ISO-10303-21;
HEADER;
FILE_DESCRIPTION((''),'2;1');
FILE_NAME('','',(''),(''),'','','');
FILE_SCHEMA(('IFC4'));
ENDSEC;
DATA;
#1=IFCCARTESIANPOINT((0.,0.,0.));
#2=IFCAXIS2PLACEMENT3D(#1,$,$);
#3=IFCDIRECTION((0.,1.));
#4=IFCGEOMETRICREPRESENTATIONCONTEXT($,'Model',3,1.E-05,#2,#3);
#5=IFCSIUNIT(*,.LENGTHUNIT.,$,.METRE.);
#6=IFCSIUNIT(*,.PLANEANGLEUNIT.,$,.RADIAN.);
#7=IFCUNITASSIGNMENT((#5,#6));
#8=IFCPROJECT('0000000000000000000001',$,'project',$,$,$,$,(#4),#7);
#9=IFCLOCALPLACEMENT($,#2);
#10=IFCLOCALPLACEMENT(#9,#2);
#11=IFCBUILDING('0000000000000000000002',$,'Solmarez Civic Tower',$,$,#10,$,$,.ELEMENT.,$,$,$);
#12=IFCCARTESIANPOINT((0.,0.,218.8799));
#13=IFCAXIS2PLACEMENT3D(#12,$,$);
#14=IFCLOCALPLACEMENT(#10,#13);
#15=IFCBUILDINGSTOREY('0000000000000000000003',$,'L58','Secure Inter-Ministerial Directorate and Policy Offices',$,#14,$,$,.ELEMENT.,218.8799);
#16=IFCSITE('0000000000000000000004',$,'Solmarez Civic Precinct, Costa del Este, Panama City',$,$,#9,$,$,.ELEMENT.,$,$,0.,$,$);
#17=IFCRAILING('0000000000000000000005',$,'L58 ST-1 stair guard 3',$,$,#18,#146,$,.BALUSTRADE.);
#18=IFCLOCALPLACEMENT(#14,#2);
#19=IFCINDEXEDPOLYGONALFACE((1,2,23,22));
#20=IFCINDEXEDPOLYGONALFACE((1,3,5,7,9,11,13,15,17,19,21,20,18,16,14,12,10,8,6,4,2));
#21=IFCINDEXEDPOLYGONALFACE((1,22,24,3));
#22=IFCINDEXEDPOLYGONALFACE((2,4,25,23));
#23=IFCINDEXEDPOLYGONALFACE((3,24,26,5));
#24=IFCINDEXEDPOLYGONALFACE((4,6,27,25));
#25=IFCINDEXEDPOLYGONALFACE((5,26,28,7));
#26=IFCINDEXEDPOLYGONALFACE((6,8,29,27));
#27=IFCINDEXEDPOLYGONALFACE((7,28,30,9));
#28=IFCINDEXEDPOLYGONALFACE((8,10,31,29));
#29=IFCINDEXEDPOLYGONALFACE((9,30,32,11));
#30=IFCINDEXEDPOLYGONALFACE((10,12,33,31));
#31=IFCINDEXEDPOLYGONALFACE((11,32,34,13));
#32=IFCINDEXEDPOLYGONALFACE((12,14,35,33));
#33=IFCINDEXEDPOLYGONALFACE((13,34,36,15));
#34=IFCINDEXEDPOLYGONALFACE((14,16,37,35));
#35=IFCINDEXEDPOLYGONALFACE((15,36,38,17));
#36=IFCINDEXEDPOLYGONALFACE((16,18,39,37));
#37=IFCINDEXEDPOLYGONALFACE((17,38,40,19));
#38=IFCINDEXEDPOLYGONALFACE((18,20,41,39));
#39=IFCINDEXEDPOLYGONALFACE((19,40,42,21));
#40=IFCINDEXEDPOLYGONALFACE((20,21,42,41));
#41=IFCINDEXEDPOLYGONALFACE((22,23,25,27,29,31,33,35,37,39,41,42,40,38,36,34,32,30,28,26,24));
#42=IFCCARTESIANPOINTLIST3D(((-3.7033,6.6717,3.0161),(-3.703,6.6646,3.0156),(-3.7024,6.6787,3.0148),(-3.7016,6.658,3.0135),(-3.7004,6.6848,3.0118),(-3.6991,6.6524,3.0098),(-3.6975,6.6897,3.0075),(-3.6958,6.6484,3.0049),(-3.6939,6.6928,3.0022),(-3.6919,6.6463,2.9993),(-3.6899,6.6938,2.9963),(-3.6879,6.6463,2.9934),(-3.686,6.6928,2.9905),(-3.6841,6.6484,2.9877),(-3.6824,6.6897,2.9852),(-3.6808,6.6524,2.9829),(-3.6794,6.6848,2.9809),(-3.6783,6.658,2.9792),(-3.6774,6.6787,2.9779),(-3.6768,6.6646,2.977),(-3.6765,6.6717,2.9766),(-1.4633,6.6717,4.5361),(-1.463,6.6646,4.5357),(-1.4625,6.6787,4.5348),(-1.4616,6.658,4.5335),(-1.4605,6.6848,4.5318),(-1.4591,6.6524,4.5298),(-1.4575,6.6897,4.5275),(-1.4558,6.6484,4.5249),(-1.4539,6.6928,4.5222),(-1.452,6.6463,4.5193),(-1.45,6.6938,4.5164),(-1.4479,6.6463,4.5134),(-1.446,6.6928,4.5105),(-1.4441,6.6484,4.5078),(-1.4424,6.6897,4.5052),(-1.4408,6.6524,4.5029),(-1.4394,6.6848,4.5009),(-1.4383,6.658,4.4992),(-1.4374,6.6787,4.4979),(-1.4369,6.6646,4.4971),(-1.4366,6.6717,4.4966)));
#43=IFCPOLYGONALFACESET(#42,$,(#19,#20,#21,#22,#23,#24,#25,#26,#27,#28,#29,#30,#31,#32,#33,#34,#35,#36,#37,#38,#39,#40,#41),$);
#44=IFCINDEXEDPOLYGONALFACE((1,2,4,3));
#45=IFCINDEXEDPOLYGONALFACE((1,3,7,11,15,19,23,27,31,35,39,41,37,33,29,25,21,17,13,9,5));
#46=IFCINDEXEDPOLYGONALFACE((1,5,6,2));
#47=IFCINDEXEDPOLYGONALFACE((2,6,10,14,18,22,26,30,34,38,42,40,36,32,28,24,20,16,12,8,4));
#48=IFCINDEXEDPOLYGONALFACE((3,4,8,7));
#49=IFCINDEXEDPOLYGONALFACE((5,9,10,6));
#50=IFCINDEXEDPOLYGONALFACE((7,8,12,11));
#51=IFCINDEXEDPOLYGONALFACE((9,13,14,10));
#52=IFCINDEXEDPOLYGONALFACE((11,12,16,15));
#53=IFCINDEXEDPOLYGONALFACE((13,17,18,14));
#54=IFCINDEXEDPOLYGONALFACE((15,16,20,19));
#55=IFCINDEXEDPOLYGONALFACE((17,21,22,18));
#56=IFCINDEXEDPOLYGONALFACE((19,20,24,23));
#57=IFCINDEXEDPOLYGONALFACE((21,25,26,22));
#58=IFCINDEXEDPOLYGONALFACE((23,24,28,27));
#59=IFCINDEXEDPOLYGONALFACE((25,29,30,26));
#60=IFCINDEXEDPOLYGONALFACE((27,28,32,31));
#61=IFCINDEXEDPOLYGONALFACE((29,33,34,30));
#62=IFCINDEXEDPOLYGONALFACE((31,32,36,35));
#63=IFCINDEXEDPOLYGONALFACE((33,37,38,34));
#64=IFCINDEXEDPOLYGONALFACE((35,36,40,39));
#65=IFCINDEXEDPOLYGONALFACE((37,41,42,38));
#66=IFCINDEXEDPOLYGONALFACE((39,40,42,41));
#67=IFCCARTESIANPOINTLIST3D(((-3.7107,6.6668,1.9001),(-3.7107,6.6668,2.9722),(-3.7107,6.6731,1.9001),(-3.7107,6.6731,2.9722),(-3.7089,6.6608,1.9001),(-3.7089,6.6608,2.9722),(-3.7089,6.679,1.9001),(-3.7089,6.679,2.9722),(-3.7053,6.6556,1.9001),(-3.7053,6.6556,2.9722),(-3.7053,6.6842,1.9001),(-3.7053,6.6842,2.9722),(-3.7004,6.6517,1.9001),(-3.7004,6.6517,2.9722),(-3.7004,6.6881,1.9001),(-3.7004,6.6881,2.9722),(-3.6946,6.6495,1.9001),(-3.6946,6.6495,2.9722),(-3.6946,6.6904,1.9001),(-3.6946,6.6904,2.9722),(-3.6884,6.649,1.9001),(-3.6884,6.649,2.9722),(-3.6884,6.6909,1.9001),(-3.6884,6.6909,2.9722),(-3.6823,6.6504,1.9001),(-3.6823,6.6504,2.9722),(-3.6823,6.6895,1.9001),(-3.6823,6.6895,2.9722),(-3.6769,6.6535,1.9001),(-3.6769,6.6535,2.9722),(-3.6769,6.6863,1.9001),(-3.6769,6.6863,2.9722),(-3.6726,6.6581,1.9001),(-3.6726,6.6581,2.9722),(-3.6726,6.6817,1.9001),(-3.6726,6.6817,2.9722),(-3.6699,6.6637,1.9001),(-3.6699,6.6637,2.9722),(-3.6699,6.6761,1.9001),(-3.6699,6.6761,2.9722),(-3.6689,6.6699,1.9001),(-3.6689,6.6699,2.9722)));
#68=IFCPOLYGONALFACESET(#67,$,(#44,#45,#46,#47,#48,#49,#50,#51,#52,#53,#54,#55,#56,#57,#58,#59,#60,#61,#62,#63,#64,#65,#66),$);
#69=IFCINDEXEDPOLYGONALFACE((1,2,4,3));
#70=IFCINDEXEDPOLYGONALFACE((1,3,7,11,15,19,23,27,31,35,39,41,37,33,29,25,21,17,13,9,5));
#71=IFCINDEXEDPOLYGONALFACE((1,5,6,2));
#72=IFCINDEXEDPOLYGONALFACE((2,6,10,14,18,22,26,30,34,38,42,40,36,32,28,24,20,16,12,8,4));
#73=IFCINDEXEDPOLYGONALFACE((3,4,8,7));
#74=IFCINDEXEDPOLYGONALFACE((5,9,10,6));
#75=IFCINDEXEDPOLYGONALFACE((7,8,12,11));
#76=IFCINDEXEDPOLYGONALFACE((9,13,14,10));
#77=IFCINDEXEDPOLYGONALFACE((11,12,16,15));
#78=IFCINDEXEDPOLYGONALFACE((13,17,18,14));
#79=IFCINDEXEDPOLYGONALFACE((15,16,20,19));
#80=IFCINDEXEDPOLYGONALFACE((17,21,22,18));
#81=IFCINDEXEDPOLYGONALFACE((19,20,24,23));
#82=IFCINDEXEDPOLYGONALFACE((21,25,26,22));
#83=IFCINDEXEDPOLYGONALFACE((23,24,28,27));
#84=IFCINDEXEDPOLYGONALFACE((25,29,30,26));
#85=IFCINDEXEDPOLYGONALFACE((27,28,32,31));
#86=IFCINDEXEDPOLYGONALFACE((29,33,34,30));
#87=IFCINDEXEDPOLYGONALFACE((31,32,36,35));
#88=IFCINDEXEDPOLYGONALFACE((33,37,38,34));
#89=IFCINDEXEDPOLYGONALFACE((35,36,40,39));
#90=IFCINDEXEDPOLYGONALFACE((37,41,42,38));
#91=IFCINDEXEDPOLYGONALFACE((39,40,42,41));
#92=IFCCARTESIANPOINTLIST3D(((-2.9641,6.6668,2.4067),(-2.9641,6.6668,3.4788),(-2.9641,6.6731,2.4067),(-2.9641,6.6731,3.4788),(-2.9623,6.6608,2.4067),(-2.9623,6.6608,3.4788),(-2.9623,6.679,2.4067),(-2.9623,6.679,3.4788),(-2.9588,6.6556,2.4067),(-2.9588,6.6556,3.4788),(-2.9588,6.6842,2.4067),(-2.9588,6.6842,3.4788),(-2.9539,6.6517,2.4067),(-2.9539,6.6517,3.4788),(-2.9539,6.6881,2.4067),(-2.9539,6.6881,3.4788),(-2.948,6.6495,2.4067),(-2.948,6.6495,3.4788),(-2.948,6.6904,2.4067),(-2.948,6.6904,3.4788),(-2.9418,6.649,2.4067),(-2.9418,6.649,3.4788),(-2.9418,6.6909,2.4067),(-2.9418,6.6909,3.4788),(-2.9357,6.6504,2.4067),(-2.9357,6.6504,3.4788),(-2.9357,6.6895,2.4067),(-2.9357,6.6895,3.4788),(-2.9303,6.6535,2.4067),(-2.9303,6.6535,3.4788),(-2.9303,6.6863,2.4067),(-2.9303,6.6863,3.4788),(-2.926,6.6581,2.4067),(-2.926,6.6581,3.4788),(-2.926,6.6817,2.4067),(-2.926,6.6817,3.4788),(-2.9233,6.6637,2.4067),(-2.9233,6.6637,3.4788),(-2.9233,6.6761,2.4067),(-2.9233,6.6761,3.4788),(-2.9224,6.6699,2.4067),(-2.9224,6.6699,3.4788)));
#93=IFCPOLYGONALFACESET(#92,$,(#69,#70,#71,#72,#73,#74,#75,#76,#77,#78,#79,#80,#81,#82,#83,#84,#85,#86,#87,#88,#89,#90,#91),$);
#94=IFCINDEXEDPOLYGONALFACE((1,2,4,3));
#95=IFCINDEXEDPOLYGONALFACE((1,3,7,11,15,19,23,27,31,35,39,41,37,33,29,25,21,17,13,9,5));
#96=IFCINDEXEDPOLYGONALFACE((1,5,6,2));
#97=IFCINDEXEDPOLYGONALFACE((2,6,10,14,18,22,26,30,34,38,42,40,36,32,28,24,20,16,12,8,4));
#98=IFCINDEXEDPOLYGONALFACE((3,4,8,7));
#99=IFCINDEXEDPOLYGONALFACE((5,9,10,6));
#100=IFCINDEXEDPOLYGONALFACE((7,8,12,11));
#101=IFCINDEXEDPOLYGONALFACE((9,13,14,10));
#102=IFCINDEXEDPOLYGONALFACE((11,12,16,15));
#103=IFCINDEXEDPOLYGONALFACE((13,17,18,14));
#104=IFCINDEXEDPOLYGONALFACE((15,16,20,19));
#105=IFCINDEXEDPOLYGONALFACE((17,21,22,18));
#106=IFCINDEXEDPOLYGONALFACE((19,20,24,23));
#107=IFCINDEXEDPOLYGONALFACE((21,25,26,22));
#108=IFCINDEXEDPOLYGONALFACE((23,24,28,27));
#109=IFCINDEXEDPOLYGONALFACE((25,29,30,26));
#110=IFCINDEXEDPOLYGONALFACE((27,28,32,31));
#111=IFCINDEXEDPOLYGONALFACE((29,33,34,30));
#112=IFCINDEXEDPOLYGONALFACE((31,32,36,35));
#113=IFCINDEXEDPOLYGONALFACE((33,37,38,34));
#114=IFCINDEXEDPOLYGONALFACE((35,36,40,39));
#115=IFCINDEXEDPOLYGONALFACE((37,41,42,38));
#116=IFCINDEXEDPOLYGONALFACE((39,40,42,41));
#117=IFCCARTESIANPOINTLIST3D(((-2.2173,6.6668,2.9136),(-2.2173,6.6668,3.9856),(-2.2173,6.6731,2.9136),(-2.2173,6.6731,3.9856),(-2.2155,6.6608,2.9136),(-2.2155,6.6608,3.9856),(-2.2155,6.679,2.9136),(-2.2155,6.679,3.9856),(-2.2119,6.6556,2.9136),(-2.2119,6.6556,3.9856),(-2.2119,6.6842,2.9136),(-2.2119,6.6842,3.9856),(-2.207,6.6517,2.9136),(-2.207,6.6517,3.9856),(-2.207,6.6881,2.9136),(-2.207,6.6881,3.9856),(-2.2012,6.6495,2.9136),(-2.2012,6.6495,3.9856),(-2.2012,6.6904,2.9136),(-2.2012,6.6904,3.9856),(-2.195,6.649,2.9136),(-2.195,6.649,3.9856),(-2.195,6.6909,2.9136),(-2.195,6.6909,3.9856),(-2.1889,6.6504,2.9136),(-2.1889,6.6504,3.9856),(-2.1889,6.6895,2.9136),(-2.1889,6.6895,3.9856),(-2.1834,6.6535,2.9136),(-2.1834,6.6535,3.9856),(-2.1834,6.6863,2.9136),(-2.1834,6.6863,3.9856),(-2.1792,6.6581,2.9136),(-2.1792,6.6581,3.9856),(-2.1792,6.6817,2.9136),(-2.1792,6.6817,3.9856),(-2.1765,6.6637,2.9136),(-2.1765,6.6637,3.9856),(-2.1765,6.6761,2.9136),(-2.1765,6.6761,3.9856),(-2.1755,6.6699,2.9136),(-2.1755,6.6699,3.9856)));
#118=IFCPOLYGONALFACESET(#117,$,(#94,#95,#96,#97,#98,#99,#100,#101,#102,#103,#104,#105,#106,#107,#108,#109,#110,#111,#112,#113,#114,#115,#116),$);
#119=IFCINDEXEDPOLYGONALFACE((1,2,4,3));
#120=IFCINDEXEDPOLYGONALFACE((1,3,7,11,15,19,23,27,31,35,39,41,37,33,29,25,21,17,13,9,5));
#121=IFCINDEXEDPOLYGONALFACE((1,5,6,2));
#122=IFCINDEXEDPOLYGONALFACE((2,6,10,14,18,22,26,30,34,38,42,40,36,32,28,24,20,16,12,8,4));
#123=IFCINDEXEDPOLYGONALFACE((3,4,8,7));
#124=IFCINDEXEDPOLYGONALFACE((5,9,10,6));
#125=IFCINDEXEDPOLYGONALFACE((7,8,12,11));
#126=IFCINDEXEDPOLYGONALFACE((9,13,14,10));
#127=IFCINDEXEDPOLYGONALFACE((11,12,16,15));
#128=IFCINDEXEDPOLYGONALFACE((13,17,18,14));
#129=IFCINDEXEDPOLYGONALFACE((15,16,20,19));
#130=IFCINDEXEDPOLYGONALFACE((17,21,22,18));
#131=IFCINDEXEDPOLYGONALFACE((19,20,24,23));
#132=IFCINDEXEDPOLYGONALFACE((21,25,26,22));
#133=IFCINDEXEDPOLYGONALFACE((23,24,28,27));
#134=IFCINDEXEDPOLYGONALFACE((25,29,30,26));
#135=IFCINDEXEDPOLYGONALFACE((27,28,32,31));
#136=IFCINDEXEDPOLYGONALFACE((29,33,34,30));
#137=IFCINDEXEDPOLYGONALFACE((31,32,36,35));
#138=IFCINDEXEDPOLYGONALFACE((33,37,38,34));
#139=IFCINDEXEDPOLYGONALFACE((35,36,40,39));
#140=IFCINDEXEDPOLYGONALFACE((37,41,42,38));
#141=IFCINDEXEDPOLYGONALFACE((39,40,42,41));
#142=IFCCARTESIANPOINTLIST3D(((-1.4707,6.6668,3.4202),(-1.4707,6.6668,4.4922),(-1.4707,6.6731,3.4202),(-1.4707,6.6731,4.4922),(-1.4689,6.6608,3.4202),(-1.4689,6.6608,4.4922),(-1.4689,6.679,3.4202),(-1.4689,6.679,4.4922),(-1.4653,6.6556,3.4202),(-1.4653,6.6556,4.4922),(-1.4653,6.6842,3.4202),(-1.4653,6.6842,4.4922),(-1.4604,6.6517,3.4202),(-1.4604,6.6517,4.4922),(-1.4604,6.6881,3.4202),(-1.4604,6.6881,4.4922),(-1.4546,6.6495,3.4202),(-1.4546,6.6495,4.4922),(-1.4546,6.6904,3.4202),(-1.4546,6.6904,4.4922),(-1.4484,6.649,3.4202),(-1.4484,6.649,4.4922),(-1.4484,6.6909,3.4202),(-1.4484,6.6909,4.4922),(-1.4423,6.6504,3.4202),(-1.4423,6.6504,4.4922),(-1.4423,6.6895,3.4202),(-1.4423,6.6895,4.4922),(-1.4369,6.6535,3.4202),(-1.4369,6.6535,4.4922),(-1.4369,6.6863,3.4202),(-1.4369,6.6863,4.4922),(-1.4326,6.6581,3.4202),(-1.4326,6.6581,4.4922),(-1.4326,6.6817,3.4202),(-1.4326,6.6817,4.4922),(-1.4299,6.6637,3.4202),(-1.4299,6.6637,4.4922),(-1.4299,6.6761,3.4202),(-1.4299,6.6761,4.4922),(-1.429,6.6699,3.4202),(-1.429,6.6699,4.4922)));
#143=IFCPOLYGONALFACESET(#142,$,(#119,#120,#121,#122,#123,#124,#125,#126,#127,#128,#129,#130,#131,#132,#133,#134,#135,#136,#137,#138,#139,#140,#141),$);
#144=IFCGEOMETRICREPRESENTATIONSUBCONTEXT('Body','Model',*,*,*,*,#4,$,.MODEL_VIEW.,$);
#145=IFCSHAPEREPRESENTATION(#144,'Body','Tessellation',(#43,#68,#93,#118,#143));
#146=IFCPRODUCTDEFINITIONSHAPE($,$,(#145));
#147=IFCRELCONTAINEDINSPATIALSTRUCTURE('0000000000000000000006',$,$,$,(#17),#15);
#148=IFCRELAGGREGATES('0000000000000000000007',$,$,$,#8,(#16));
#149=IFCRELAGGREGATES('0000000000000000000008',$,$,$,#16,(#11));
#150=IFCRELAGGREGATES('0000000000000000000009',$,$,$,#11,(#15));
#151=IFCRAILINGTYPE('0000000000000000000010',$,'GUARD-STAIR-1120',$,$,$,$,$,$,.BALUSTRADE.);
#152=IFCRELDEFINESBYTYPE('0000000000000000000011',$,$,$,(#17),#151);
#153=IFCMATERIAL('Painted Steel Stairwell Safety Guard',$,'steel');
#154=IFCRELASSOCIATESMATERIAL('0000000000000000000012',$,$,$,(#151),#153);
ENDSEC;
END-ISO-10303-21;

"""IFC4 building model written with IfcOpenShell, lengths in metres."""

from ifc_helpers import new_model, si_unit, direction, frame, origin, origin_2d, place, context, subcontext, project, spatial, circle, extrude, material, type_object, element, save


model = new_model("IFC4")

# Units and contexts
model_context = context("Model", 3, precision=1e-05, world=origin(), true_north=direction((0.0, 1.0)))
body_context = subcontext(model_context, "Body", "Model", "MODEL_VIEW")
ifc_project = project(units=[si_unit("LENGTHUNIT", "METRE"), si_unit("PLANEANGLEUNIT", "RADIAN")], contexts=[model_context])

# Site, building, storey
site_placement = place(None, origin())
site = spatial("IfcSite", under=ifc_project, at=site_placement, Name="Solmarez Civic Precinct, Costa del Este, Panama City", CompositionType="ELEMENT", RefElevation=0.0)
building_placement = place(site_placement, origin())
building = spatial("IfcBuilding", under=site, at=building_placement, Name="Solmarez Civic Tower", CompositionType="ELEMENT")
storey_placement = place(building_placement, frame((0.0, 0.0, 218.8799)))
storey = spatial("IfcBuildingStorey", under=building, at=storey_placement, Name="L58", Description="Secure Inter-Ministerial Directorate and Policy Offices", CompositionType="ELEMENT", Elevation=218.8799)

# Railing
ifc_material_1 = material(Name="Painted Steel Stairwell Safety Guard", Category="steel")
railing_type_1 = type_object("IfcRailingType", Name="GUARD-STAIR-1120", PredefinedType="BALUSTRADE", material=ifc_material_1)
railing_1_placement = place(storey_placement, frame((-3.6899, 6.6699, 1.9001)))
element("IfcRailing", 1, at=railing_1_placement, inside=storey, type_object=railing_type_1, Name="L58 ST-1 stair guard 3", PredefinedType="BALUSTRADE", context=body_context, shape_type="SweptSolid", body=[
    extrude(circle(Radius=0.0239, at=origin_2d()), frame((0.0, 0.0, 1.0962), z_axis=(0.827471, 0.0, 0.561508), x_axis=(0.0, 1.0, 0.0)), (0.0, 0.0, 1.0), 2.707),
    extrude(circle(Radius=0.021, at=origin_2d()), origin(), (0.0, 0.0, 1.0), 1.072),
    extrude(circle(Radius=0.021, at=origin_2d()), frame((0.7466, 0.0, 0.5066)), (0.0, 0.0, 1.0), 1.072),
    extrude(circle(Radius=0.021, at=origin_2d()), frame((1.4934, 0.0, 1.0134)), (0.0, 0.0, 1.0), 1.072),
    extrude(circle(Radius=0.021, at=origin_2d()), frame((2.24, 0.0, 1.52)), (0.0, 0.0, 1.0), 1.072),
])

save(model, "model.ifc")
